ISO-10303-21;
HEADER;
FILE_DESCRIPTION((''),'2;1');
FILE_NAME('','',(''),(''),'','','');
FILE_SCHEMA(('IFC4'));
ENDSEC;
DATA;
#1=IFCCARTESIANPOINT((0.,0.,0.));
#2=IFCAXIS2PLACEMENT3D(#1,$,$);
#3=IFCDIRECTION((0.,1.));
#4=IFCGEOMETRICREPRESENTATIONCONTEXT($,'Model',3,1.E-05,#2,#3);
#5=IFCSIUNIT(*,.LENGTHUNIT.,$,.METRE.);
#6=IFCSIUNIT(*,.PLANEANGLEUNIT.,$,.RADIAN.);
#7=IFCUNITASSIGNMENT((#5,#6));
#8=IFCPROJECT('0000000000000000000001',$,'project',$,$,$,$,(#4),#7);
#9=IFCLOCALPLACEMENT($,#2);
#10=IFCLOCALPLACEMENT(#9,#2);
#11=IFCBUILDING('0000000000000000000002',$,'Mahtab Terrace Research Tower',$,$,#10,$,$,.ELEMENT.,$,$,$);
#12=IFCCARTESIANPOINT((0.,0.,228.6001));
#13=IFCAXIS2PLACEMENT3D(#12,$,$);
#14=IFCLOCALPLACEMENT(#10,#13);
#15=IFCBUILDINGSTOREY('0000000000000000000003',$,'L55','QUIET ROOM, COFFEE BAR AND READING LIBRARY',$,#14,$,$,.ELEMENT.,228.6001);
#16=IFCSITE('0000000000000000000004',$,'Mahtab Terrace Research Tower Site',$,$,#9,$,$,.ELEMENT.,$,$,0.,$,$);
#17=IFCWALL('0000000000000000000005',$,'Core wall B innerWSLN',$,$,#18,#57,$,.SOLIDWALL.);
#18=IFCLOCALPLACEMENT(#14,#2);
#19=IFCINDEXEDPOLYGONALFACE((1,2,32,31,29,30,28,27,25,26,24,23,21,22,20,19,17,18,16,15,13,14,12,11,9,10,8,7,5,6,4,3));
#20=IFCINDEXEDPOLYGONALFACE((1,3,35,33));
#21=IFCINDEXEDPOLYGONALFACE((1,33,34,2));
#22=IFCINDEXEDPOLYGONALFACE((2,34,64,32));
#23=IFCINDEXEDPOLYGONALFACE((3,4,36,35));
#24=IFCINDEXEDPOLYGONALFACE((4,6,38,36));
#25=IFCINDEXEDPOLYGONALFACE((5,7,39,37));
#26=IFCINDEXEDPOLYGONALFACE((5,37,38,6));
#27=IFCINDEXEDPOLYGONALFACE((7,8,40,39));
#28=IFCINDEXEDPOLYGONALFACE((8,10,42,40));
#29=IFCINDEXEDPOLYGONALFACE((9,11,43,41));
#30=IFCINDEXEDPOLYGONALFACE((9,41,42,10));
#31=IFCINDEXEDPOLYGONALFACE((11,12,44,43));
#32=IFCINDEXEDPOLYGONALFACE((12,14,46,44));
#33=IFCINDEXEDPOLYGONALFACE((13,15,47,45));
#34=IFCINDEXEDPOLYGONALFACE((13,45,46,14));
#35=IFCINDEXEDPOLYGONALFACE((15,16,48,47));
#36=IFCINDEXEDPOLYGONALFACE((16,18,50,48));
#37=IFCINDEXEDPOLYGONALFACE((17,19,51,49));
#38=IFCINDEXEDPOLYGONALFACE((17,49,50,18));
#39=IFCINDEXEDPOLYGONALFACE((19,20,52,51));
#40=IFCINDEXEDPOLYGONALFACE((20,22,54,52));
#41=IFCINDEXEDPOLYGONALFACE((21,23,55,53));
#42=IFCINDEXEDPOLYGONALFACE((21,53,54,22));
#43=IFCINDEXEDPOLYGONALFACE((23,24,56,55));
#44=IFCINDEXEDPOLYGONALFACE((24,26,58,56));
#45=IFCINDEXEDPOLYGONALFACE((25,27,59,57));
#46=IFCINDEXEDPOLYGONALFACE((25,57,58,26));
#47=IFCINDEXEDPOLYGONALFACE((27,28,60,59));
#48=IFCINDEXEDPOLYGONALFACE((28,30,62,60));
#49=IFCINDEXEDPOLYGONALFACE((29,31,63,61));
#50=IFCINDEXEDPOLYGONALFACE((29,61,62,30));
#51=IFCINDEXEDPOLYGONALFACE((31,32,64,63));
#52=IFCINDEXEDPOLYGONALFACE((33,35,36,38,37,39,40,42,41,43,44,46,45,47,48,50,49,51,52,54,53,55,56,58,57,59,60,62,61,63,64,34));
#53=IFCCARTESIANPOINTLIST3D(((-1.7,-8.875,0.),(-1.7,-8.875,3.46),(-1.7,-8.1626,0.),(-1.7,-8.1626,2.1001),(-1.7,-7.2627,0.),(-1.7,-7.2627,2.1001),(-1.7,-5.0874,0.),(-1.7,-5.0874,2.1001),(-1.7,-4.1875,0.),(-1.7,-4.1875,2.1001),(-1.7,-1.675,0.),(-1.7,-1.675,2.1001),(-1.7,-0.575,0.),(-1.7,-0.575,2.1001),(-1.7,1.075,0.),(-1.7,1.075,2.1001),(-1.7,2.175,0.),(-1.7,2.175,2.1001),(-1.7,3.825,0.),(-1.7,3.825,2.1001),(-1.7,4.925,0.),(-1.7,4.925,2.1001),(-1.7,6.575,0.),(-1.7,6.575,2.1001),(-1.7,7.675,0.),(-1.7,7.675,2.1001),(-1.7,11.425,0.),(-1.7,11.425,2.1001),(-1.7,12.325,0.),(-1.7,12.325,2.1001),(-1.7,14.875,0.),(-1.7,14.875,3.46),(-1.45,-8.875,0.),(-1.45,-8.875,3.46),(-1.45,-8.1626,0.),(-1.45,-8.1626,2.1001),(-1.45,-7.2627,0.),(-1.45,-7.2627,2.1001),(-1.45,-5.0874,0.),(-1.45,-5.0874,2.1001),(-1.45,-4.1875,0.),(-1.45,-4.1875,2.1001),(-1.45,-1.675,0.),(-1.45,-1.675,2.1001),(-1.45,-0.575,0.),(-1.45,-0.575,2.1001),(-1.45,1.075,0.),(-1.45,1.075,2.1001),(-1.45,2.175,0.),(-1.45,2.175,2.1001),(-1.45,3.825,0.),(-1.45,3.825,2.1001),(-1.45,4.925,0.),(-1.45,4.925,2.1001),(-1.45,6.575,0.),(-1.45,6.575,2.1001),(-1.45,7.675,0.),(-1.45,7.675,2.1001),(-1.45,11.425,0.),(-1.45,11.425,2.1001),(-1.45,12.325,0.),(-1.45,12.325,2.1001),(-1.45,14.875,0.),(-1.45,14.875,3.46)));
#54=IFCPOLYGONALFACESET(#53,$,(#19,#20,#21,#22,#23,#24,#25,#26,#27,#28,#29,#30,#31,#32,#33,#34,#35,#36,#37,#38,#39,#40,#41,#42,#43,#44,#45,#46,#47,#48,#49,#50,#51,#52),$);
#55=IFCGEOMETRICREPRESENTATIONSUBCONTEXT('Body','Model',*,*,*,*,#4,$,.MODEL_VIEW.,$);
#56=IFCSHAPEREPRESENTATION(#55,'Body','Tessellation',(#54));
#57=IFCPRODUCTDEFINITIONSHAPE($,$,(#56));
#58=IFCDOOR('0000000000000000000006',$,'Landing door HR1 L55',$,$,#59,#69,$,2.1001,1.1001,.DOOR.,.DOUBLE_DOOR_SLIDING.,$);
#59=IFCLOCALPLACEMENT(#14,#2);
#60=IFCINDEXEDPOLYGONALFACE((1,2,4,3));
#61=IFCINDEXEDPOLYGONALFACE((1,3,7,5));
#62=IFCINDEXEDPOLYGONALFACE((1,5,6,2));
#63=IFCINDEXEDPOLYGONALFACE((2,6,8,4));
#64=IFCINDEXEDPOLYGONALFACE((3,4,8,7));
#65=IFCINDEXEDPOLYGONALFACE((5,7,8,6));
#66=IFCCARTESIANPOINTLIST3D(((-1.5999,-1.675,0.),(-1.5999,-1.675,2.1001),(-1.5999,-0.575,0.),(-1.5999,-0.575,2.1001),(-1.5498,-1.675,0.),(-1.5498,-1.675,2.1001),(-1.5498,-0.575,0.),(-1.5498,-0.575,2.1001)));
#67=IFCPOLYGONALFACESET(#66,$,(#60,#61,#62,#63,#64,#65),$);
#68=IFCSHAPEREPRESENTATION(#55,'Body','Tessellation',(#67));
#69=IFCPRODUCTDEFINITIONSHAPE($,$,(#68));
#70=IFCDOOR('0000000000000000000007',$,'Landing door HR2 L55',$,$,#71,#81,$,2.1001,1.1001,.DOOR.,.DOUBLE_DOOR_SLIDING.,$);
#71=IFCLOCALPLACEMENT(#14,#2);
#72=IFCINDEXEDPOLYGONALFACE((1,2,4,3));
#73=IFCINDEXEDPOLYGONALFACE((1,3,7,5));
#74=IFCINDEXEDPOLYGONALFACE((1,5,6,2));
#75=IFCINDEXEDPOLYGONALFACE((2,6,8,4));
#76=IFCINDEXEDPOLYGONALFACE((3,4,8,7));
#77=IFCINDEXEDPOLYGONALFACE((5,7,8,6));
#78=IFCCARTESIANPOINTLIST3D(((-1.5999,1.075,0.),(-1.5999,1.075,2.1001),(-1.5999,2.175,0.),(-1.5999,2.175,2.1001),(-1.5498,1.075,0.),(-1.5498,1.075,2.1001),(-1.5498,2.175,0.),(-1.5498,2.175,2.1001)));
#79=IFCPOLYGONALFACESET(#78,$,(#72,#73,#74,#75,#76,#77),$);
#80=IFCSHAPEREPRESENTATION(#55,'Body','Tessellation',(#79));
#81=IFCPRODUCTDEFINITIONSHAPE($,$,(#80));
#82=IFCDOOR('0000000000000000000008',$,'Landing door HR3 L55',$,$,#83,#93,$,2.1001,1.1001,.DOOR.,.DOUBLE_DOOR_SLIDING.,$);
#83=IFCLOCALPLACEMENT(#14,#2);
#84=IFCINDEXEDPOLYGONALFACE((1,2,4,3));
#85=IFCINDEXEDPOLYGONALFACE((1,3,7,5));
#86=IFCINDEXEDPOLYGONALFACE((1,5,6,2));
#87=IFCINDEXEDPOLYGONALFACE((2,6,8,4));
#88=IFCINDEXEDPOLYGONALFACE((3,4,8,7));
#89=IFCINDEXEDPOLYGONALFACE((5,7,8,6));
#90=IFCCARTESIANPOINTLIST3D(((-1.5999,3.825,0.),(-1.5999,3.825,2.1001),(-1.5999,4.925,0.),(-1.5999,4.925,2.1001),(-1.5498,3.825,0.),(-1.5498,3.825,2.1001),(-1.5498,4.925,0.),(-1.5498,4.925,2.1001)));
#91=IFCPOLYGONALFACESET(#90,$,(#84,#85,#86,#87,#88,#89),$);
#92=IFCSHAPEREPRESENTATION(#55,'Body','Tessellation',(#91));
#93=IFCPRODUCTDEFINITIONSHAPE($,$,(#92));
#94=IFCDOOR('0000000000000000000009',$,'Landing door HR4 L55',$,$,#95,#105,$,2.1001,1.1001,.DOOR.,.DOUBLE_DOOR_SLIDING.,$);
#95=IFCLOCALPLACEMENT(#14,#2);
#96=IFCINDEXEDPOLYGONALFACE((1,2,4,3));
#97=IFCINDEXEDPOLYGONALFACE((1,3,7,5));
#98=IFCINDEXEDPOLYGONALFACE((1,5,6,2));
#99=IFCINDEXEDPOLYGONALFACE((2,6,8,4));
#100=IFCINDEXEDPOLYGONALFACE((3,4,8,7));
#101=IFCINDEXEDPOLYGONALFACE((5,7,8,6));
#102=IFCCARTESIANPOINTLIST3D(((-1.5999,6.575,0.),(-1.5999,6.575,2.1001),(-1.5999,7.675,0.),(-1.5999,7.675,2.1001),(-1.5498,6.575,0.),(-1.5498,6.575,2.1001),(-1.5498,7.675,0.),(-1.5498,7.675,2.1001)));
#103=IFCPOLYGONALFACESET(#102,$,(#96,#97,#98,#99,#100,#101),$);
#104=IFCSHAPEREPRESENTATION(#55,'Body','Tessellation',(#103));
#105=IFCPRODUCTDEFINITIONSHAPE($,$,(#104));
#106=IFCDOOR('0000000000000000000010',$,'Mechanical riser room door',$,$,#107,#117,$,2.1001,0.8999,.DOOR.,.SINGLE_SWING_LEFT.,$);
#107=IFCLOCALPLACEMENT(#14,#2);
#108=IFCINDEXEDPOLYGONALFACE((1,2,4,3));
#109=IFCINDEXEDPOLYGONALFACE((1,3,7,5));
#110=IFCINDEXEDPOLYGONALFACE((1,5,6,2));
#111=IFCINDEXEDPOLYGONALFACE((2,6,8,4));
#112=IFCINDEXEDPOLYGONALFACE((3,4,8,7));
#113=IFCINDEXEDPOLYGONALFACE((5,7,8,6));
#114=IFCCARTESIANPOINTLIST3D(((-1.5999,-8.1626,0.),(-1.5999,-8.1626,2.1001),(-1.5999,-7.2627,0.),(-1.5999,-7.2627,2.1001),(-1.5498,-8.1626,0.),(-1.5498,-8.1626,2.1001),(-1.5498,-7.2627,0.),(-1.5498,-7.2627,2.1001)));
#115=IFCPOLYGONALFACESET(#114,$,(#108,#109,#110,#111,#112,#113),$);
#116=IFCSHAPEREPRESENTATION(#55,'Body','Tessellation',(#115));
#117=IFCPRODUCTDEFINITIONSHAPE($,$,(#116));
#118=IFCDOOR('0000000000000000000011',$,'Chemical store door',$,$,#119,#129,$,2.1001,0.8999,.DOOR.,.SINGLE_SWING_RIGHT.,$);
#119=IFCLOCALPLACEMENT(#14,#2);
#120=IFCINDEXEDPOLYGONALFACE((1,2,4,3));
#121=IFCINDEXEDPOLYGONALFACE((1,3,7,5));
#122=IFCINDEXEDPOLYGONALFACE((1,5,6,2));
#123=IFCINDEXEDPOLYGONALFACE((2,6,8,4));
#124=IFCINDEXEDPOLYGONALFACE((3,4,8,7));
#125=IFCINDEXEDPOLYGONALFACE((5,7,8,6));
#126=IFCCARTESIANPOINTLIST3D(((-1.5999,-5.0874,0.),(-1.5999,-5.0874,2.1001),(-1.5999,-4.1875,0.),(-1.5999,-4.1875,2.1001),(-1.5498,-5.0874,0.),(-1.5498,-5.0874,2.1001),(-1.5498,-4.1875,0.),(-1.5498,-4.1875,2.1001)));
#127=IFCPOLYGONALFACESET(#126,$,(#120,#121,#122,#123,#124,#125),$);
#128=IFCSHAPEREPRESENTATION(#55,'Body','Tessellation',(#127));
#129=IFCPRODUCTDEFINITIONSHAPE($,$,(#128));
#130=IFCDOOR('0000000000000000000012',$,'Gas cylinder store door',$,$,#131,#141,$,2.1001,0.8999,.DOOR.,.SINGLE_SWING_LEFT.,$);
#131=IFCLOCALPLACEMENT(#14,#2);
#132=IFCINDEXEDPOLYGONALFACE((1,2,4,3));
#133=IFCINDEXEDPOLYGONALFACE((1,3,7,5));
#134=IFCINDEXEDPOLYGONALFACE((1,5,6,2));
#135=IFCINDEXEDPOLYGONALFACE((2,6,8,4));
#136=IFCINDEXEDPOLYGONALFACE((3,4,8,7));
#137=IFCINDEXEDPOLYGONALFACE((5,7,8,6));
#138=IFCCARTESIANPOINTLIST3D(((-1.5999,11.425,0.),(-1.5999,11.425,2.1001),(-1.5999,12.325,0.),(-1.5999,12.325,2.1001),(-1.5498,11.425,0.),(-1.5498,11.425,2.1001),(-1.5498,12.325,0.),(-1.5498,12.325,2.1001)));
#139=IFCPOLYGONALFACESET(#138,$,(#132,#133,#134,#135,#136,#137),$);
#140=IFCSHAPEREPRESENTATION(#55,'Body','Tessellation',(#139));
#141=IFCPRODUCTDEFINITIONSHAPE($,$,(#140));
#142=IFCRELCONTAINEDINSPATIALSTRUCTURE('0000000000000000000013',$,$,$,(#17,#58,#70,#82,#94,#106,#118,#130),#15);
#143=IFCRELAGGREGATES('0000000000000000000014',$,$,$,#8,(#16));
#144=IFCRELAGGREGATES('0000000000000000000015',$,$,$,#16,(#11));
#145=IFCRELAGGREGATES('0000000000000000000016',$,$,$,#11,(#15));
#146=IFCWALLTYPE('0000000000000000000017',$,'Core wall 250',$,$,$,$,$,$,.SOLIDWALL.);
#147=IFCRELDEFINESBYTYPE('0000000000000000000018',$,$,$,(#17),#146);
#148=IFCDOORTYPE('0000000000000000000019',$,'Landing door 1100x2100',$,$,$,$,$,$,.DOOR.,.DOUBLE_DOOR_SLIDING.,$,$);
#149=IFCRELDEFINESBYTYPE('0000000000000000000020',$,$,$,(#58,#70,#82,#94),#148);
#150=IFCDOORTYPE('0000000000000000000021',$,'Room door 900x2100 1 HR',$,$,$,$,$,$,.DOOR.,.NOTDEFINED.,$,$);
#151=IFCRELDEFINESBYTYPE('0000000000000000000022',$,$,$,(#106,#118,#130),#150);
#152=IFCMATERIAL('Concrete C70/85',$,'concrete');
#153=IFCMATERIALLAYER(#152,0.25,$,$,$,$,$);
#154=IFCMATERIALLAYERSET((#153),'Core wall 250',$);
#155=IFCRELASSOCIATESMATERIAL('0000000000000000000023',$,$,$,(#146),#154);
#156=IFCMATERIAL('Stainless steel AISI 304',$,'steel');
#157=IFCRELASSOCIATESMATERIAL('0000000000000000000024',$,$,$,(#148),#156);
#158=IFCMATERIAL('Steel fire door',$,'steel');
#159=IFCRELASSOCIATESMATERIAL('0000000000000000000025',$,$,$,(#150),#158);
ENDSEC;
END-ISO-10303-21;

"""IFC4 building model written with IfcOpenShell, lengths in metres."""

from ifc_helpers import new_model, si_unit, direction, frame, frame_2d, origin, place, context, subcontext, project, spatial, rectangle, extrude, material, layer, layer_set, type_object, element, fill, save


model = new_model("IFC4")

# Units and contexts
model_context = context("Model", 3, precision=1e-05, world=origin(), true_north=direction((0.0, 1.0)))
body_context = subcontext(model_context, "Body", "Model", "MODEL_VIEW")
ifc_project = project(units=[si_unit("LENGTHUNIT", "METRE"), si_unit("PLANEANGLEUNIT", "RADIAN")], contexts=[model_context])

# Site, building, storey
site_placement = place(None, origin())
site = spatial("IfcSite", under=ifc_project, at=site_placement, Name="Mahtab Terrace Research Tower Site", CompositionType="ELEMENT", RefElevation=0.0)
building_placement = place(site_placement, origin())
building = spatial("IfcBuilding", under=site, at=building_placement, Name="Mahtab Terrace Research Tower", CompositionType="ELEMENT")
storey_placement = place(building_placement, frame((0.0, 0.0, 228.6001)))
storey = spatial("IfcBuildingStorey", under=building, at=storey_placement, Name="L55", Description="QUIET ROOM, COFFEE BAR AND READING LIBRARY", CompositionType="ELEMENT", Elevation=228.6001)

# Wall, openings, doors
ifc_material_1 = material(Name="Concrete C70/85", Category="concrete")
ifc_layer_1 = layer(ifc_material_1, 0.25)
ifc_layer_set_1 = layer_set([ifc_layer_1], Name="Core wall 250")
wall_type_1 = type_object("IfcWallType", Name="Core wall 250", PredefinedType="SOLIDWALL", material=ifc_layer_set_1)
wall_1_placement = place(storey_placement, frame((-1.575, -8.875, 0.0), z_axis=(0.0, 0.0, 1.0), x_axis=(0.0, 1.0, 0.0)))
wall_1 = element("IfcWall", 1, at=wall_1_placement, inside=storey, type_object=wall_type_1, Name="Core wall B innerWSLN", PredefinedType="SOLIDWALL", context=body_context, shape_type="SweptSolid", body=[
    extrude(rectangle(XDim=23.75, YDim=0.25, at=frame_2d((11.875, 0.0))), origin(), (0.0, 0.0, 1.0), 3.46),
])
opening_1_placement = place(wall_1_placement, frame((7.2, 0.0, 0.0)))
opening_1 = element("IfcOpeningElement", 2, at=opening_1_placement, cuts=wall_1, PredefinedType="OPENING", context=body_context, shape_type="SweptSolid", body=[
    extrude(rectangle(XDim=1.1001, YDim=2.1001, at=frame_2d((0.55, 1.05))), frame((0.0, 0.135, 0.0), z_axis=(0.0, -1.0, 0.0), x_axis=(1.0, 0.0, 0.0)), (0.0, 0.0, 1.0), 0.27),
])
opening_2_placement = place(wall_1_placement, frame((9.95, 0.0, 0.0)))
opening_2 = element("IfcOpeningElement", 3, at=opening_2_placement, cuts=wall_1, PredefinedType="OPENING", context=body_context, shape_type="SweptSolid", body=[
    extrude(rectangle(XDim=1.1001, YDim=2.1001, at=frame_2d((0.55, 1.05))), frame((0.0, 0.135, 0.0), z_axis=(0.0, -1.0, 0.0), x_axis=(1.0, 0.0, 0.0)), (0.0, 0.0, 1.0), 0.27),
])
opening_3_placement = place(wall_1_placement, frame((12.7, 0.0, 0.0)))
opening_3 = element("IfcOpeningElement", 4, at=opening_3_placement, cuts=wall_1, PredefinedType="OPENING", context=body_context, shape_type="SweptSolid", body=[
    extrude(rectangle(XDim=1.1001, YDim=2.1001, at=frame_2d((0.55, 1.05))), frame((0.0, 0.135, 0.0), z_axis=(0.0, -1.0, 0.0), x_axis=(1.0, 0.0, 0.0)), (0.0, 0.0, 1.0), 0.27),
])
opening_4_placement = place(wall_1_placement, frame((15.45, 0.0, 0.0)))
opening_4 = element("IfcOpeningElement", 5, at=opening_4_placement, cuts=wall_1, PredefinedType="OPENING", context=body_context, shape_type="SweptSolid", body=[
    extrude(rectangle(XDim=1.1001, YDim=2.1001, at=frame_2d((0.55, 1.05))), frame((0.0, 0.135, 0.0), z_axis=(0.0, -1.0, 0.0), x_axis=(1.0, 0.0, 0.0)), (0.0, 0.0, 1.0), 0.27),
])
opening_5_placement = place(wall_1_placement, frame((0.7124, 0.0, 0.0)))
opening_5 = element("IfcOpeningElement", 6, at=opening_5_placement, cuts=wall_1, PredefinedType="OPENING", context=body_context, shape_type="SweptSolid", body=[
    extrude(rectangle(XDim=0.8999, YDim=2.1001, at=frame_2d((0.45, 1.05))), frame((0.0, 0.135, 0.0), z_axis=(0.0, -1.0, 0.0), x_axis=(1.0, 0.0, 0.0)), (0.0, 0.0, 1.0), 0.27),
])
opening_6_placement = place(wall_1_placement, frame((3.7876, 0.0, 0.0)))
opening_6 = element("IfcOpeningElement", 7, at=opening_6_placement, cuts=wall_1, PredefinedType="OPENING", context=body_context, shape_type="SweptSolid", body=[
    extrude(rectangle(XDim=0.8999, YDim=2.1001, at=frame_2d((0.45, 1.05))), frame((0.0, 0.135, 0.0), z_axis=(0.0, -1.0, 0.0), x_axis=(1.0, 0.0, 0.0)), (0.0, 0.0, 1.0), 0.27),
])
opening_7_placement = place(wall_1_placement, frame((20.3, 0.0, 0.0)))
opening_7 = element("IfcOpeningElement", 8, at=opening_7_placement, cuts=wall_1, PredefinedType="OPENING", context=body_context, shape_type="SweptSolid", body=[
    extrude(rectangle(XDim=0.8999, YDim=2.1001, at=frame_2d((0.45, 1.05))), frame((0.0, 0.135, 0.0), z_axis=(0.0, -1.0, 0.0), x_axis=(1.0, 0.0, 0.0)), (0.0, 0.0, 1.0), 0.27),
])
ifc_material_2 = material(Name="Stainless steel AISI 304", Category="steel")
door_type_1 = type_object("IfcDoorType", Name="Landing door 1100x2100", OperationType="DOUBLE_DOOR_SLIDING", PredefinedType="DOOR", material=ifc_material_2)
door_1_placement = place(opening_1_placement, origin())
door_1 = element("IfcDoor", 9, at=door_1_placement, inside=storey, type_object=door_type_1, Name="Landing door HR1 L55", OperationType="DOUBLE_DOOR_SLIDING", OverallHeight=2.1001, OverallWidth=1.1001, PredefinedType="DOOR", context=body_context, shape_type="SweptSolid", body=[
    extrude(rectangle(XDim=1.1001, YDim=2.1001, at=frame_2d((0.55, 1.05))), frame((0.0, 0.0249, 0.0), z_axis=(0.0, -1.0, 0.0), x_axis=(1.0, 0.0, 0.0)), (0.0, 0.0, 1.0), 0.05),
])
fill(opening_1, door_1)
door_2_placement = place(opening_2_placement, origin())
door_2 = element("IfcDoor", 10, at=door_2_placement, inside=storey, type_object=door_type_1, Name="Landing door HR2 L55", OperationType="DOUBLE_DOOR_SLIDING", OverallHeight=2.1001, OverallWidth=1.1001, PredefinedType="DOOR", context=body_context, shape_type="SweptSolid", body=[
    extrude(rectangle(XDim=1.1001, YDim=2.1001, at=frame_2d((0.55, 1.05))), frame((0.0, 0.0249, 0.0), z_axis=(0.0, -1.0, 0.0), x_axis=(1.0, 0.0, 0.0)), (0.0, 0.0, 1.0), 0.05),
])
fill(opening_2, door_2)
door_3_placement = place(opening_3_placement, origin())
door_3 = element("IfcDoor", 11, at=door_3_placement, inside=storey, type_object=door_type_1, Name="Landing door HR3 L55", OperationType="DOUBLE_DOOR_SLIDING", OverallHeight=2.1001, OverallWidth=1.1001, PredefinedType="DOOR", context=body_context, shape_type="SweptSolid", body=[
    extrude(rectangle(XDim=1.1001, YDim=2.1001, at=frame_2d((0.55, 1.05))), frame((0.0, 0.0249, 0.0), z_axis=(0.0, -1.0, 0.0), x_axis=(1.0, 0.0, 0.0)), (0.0, 0.0, 1.0), 0.05),
])
fill(opening_3, door_3)
door_4_placement = place(opening_4_placement, origin())
door_4 = element("IfcDoor", 12, at=door_4_placement, inside=storey, type_object=door_type_1, Name="Landing door HR4 L55", OperationType="DOUBLE_DOOR_SLIDING", OverallHeight=2.1001, OverallWidth=1.1001, PredefinedType="DOOR", context=body_context, shape_type="SweptSolid", body=[
    extrude(rectangle(XDim=1.1001, YDim=2.1001, at=frame_2d((0.55, 1.05))), frame((0.0, 0.0249, 0.0), z_axis=(0.0, -1.0, 0.0), x_axis=(1.0, 0.0, 0.0)), (0.0, 0.0, 1.0), 0.05),
])
fill(opening_4, door_4)
ifc_material_3 = material(Name="Steel fire door", Category="steel")
door_type_2 = type_object("IfcDoorType", Name="Room door 900x2100 1 HR", OperationType="NOTDEFINED", PredefinedType="DOOR", material=ifc_material_3)
door_5_placement = place(opening_5_placement, origin())
door_5 = element("IfcDoor", 13, at=door_5_placement, inside=storey, type_object=door_type_2, Name="Mechanical riser room door", OperationType="SINGLE_SWING_LEFT", OverallHeight=2.1001, OverallWidth=0.8999, PredefinedType="DOOR", context=body_context, shape_type="SweptSolid", body=[
    extrude(rectangle(XDim=0.8999, YDim=2.1001, at=frame_2d((0.45, 1.05))), frame((0.0, 0.0249, 0.0), z_axis=(0.0, -1.0, 0.0), x_axis=(1.0, 0.0, 0.0)), (0.0, 0.0, 1.0), 0.05),
])
fill(opening_5, door_5)
door_6_placement = place(opening_6_placement, origin())
door_6 = element("IfcDoor", 14, at=door_6_placement, inside=storey, type_object=door_type_2, Name="Chemical store door", OperationType="SINGLE_SWING_RIGHT", OverallHeight=2.1001, OverallWidth=0.8999, PredefinedType="DOOR", context=body_context, shape_type="SweptSolid", body=[
    extrude(rectangle(XDim=0.8999, YDim=2.1001, at=frame_2d((0.45, 1.05))), frame((0.0, 0.0249, 0.0), z_axis=(0.0, -1.0, 0.0), x_axis=(1.0, 0.0, 0.0)), (0.0, 0.0, 1.0), 0.05),
])
fill(opening_6, door_6)
door_7_placement = place(opening_7_placement, origin())
door_7 = element("IfcDoor", 15, at=door_7_placement, inside=storey, type_object=door_type_2, Name="Gas cylinder store door", OperationType="SINGLE_SWING_LEFT", OverallHeight=2.1001, OverallWidth=0.8999, PredefinedType="DOOR", context=body_context, shape_type="SweptSolid", body=[
    extrude(rectangle(XDim=0.8999, YDim=2.1001, at=frame_2d((0.45, 1.05))), frame((0.0, 0.0249, 0.0), z_axis=(0.0, -1.0, 0.0), x_axis=(1.0, 0.0, 0.0)), (0.0, 0.0, 1.0), 0.05),
])
fill(opening_7, door_7)

save(model, "model.ifc")
